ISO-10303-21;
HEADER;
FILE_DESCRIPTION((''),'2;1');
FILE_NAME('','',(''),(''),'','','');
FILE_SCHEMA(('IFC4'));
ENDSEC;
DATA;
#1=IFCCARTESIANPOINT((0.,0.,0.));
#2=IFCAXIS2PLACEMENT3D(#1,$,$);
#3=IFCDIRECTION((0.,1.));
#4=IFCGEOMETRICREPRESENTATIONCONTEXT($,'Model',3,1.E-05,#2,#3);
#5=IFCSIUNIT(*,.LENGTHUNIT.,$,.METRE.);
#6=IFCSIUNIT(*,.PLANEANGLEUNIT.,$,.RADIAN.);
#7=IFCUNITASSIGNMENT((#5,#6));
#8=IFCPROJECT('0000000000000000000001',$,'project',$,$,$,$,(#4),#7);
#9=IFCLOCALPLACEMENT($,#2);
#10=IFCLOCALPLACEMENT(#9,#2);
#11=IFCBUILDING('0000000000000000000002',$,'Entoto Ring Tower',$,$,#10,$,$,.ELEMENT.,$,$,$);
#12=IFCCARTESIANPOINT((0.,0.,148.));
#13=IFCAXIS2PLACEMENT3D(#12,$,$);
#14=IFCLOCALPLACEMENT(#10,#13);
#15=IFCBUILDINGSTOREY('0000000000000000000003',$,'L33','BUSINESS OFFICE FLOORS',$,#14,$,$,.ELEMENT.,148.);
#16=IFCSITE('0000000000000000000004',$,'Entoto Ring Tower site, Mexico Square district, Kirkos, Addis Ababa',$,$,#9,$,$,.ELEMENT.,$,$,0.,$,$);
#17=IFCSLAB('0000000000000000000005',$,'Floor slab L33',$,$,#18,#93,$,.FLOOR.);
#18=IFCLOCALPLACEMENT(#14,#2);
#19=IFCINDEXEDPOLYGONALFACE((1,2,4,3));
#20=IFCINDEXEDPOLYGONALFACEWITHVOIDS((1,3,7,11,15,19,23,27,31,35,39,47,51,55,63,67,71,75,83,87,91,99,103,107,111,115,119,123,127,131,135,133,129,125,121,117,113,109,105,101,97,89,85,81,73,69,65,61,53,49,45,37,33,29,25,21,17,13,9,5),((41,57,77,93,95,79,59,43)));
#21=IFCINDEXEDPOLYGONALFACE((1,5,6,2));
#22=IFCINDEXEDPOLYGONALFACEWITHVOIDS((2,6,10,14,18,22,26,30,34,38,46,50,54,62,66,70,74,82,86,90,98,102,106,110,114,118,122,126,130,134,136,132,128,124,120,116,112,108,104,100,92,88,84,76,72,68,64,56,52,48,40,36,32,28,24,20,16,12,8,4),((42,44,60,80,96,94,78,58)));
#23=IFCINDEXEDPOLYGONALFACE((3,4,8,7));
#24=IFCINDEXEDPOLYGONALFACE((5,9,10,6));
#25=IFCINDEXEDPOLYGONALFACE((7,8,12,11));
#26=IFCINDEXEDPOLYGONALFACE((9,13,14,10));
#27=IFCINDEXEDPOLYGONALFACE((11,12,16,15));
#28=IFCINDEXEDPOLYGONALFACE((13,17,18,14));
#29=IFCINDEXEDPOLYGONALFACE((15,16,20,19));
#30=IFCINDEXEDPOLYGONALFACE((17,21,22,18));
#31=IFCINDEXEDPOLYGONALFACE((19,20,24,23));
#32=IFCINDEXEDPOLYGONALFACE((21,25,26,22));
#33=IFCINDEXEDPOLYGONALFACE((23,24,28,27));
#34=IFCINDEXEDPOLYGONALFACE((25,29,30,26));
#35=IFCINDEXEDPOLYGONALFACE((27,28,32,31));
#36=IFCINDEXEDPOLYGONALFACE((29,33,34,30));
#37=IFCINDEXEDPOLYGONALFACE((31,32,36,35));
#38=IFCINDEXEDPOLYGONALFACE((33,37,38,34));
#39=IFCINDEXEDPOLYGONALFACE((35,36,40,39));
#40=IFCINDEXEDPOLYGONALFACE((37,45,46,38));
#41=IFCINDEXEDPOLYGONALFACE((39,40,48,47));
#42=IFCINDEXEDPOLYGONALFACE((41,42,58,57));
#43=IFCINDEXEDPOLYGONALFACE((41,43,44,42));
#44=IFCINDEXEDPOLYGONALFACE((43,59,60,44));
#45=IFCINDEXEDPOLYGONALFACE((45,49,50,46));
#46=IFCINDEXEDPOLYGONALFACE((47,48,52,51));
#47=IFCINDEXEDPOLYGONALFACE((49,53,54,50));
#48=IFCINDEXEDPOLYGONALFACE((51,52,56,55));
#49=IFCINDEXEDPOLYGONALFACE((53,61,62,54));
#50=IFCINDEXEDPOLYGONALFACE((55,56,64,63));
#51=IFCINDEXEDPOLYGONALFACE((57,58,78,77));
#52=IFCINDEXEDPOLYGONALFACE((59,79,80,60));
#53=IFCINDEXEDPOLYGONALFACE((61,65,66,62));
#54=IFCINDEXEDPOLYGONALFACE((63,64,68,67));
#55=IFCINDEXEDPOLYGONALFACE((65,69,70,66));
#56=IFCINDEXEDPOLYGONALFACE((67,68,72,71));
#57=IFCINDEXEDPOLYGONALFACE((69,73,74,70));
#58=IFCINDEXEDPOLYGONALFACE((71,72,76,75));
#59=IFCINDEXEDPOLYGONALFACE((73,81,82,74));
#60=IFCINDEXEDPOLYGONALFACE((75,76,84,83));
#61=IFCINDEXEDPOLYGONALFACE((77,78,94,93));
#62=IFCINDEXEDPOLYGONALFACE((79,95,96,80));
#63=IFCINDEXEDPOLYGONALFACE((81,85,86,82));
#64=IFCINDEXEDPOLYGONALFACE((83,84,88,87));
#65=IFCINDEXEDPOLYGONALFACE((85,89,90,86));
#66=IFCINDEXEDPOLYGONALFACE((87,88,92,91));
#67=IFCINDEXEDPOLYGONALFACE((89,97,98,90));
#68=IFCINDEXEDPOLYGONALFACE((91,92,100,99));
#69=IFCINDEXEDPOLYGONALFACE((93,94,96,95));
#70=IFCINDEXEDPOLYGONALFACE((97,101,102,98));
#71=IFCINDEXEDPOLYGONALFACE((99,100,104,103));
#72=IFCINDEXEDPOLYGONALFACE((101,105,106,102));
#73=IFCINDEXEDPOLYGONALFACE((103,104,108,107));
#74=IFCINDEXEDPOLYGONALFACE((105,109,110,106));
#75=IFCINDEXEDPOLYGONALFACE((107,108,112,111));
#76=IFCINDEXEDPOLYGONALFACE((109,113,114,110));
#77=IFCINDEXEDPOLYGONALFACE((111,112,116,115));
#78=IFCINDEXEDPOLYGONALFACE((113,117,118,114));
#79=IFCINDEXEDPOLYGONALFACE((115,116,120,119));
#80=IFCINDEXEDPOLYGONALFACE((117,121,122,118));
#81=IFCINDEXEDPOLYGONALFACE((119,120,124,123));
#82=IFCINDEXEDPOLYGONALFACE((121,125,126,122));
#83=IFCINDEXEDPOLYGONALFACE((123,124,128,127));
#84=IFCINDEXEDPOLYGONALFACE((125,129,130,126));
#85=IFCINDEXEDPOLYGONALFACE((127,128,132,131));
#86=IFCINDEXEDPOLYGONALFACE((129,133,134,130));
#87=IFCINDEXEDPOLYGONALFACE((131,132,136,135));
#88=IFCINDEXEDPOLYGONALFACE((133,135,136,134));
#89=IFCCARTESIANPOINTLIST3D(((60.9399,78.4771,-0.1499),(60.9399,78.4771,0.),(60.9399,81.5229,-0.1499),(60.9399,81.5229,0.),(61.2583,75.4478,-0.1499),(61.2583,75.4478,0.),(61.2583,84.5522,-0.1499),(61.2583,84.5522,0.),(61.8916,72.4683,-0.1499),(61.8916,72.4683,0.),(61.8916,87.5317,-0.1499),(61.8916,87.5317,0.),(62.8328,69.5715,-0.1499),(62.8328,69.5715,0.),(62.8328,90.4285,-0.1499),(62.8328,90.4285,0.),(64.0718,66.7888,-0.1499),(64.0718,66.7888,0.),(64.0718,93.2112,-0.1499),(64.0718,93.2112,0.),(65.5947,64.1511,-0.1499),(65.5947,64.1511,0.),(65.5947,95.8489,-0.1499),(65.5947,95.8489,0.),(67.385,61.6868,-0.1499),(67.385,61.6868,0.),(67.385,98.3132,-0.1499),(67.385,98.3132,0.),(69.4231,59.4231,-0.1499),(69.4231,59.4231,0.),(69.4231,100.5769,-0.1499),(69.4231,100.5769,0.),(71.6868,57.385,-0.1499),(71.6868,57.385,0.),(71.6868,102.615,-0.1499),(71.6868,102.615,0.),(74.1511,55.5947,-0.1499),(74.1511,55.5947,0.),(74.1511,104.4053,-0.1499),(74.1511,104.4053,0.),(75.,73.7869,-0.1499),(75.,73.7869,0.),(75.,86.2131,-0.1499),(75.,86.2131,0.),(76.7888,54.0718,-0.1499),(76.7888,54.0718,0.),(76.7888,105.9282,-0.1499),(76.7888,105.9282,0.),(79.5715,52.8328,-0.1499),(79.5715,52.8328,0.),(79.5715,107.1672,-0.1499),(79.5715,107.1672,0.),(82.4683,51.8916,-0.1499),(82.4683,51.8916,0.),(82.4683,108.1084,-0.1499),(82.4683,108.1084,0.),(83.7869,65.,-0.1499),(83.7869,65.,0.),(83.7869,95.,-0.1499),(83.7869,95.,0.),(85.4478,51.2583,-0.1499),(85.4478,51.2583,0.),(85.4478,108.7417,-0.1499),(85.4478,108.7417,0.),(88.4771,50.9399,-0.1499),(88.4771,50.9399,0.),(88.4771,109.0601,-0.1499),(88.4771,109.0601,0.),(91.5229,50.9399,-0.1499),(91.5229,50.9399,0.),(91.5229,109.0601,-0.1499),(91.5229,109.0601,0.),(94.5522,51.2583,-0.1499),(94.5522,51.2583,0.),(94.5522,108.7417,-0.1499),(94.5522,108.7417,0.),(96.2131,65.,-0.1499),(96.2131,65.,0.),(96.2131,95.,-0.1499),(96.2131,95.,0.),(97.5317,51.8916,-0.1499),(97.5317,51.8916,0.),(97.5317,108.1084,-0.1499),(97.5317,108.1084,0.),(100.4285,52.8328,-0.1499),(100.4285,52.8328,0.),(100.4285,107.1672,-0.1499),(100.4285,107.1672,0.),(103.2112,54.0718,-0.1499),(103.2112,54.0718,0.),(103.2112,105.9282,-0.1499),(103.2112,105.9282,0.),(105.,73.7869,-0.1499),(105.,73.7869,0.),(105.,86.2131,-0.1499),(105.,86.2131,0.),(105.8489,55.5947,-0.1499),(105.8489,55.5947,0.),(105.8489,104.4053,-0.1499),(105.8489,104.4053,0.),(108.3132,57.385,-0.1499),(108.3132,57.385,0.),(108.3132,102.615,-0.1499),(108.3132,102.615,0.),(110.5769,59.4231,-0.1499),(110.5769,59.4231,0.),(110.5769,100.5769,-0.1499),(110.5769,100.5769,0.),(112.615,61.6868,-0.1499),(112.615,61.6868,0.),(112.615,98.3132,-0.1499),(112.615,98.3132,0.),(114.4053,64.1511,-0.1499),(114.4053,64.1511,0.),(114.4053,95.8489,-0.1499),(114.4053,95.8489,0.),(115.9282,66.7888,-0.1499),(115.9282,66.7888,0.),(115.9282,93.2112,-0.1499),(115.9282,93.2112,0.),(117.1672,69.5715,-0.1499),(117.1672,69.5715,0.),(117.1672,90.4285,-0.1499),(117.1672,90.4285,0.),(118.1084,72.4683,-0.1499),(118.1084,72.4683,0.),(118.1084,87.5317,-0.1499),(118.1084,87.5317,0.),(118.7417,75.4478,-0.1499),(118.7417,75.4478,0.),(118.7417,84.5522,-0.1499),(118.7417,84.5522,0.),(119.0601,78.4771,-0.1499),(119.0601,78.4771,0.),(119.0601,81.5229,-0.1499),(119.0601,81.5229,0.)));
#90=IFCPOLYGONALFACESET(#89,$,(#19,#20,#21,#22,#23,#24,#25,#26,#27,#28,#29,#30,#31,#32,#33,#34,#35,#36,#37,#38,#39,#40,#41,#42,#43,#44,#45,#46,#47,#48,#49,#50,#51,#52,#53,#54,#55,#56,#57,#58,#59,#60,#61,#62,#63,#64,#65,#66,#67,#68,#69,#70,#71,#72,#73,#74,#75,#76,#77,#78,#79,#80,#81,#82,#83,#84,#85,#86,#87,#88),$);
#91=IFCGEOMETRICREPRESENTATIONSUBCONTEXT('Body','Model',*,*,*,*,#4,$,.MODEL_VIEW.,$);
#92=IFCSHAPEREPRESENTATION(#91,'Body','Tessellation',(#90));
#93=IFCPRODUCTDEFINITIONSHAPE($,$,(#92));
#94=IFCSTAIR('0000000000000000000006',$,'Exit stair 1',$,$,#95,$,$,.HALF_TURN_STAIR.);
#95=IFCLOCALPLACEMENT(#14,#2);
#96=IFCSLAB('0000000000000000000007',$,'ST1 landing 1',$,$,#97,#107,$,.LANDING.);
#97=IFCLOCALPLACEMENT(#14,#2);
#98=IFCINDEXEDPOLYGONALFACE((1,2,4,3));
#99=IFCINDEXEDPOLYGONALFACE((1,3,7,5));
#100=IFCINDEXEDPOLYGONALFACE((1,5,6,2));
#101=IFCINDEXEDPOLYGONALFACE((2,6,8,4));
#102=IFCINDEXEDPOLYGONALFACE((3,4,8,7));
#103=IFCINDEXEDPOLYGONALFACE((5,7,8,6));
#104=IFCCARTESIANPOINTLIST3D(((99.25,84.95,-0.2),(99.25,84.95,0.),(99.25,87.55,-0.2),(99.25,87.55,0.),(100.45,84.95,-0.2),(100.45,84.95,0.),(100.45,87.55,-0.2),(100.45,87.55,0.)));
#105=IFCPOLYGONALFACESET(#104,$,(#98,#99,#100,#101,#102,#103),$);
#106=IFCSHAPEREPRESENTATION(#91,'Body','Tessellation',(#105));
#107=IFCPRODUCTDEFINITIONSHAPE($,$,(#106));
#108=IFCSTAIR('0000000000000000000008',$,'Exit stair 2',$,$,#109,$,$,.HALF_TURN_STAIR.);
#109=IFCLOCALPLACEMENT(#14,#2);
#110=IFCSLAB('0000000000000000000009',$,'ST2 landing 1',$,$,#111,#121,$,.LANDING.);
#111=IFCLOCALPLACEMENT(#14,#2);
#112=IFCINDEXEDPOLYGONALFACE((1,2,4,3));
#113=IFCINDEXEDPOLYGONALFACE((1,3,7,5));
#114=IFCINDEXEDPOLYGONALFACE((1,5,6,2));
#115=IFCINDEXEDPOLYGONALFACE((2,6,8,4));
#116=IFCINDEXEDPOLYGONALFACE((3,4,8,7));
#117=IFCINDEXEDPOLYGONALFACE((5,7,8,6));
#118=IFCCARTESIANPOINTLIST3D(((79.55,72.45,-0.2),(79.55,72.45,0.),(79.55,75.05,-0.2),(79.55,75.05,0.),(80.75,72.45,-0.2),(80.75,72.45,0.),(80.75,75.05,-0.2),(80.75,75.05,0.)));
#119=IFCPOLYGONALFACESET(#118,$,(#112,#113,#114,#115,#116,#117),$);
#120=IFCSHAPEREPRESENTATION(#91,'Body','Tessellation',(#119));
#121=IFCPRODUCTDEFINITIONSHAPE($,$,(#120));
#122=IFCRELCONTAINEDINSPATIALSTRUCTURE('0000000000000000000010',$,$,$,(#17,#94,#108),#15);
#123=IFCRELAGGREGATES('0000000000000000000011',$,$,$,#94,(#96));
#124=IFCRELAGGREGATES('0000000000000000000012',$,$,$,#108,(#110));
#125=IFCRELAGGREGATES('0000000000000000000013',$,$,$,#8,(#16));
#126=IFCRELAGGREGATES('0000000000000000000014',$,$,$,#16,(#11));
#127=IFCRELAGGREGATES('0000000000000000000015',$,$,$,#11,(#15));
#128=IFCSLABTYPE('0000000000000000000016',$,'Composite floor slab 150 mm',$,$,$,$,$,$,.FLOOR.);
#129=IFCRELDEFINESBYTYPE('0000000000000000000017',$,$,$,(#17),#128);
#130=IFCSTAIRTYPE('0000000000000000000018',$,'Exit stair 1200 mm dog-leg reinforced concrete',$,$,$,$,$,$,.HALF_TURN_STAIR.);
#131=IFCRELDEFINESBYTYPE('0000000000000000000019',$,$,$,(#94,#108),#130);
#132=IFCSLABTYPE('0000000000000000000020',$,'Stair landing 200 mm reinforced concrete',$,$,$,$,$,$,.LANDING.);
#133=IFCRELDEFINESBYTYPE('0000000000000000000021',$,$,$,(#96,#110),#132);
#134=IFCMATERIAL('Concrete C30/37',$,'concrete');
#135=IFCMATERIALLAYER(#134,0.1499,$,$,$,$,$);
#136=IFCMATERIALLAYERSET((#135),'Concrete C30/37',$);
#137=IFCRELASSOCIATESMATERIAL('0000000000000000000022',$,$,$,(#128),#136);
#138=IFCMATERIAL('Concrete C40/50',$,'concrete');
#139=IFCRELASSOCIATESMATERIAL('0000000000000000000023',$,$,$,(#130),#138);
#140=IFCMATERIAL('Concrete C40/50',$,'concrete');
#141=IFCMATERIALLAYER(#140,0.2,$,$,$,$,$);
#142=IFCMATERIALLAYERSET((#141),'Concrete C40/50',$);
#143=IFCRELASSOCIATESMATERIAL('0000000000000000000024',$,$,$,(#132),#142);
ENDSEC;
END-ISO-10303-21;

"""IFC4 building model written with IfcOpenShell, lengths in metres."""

from ifc_helpers import new_model, si_unit, direction, frame, origin, place, context, subcontext, project, spatial, polyline, outline, extrude, material, layer, layer_set, type_object, element, aggregate, save


model = new_model("IFC4")

# Units and contexts
model_context = context("Model", 3, precision=1e-05, world=origin(), true_north=direction((0.0, 1.0)))
body_context = subcontext(model_context, "Body", "Model", "MODEL_VIEW")
ifc_project = project(units=[si_unit("LENGTHUNIT", "METRE"), si_unit("PLANEANGLEUNIT", "RADIAN")], contexts=[model_context])

# Site, building, storey
site_placement = place(None, origin())
building_placement = place(site_placement, origin())
storey_placement = place(building_placement, frame((0.0, 0.0, 148.0)))
site = spatial("IfcSite", under=ifc_project, at=site_placement, Name="Entoto Ring Tower site, Mexico Square district, Kirkos, Addis Ababa", CompositionType="ELEMENT", RefElevation=0.0)
building = spatial("IfcBuilding", under=site, at=building_placement, Name="Entoto Ring Tower", CompositionType="ELEMENT")
storey = spatial("IfcBuildingStorey", under=building, at=storey_placement, Name="L33", Description="BUSINESS OFFICE FLOORS", CompositionType="ELEMENT", Elevation=148.0)

# Slab
ifc_material_1 = material(Name="Concrete C30/37", Category="concrete")
ifc_layer_1 = layer(ifc_material_1, 0.1499)
ifc_layer_set_1 = layer_set([ifc_layer_1], Name="Concrete C30/37")
slab_type_1 = type_object("IfcSlabType", Name="Composite floor slab 150 mm", PredefinedType="FLOOR", material=ifc_layer_set_1)
slab_1_placement = place(storey_placement, frame((0.0, 0.0, -0.1499)))
element("IfcSlab", 1, at=slab_1_placement, inside=storey, type_object=slab_type_1, Name="Floor slab L33", PredefinedType="FLOOR", context=body_context, shape_type="SweptSolid", body=[
    extrude(outline(polyline([(118.7417, 84.5522), (118.1084, 87.5317), (117.1672, 90.4285), (115.9282, 93.2112), (114.4053, 95.8489), (112.615, 98.3132), (110.5769, 100.5769), (108.3132, 102.615), (105.8489, 104.4053), (103.2112, 105.9282), (100.4285, 107.1672), (97.5317, 108.1084), (94.5522, 108.7417), (91.5229, 109.0601), (88.4771, 109.0601), (85.4478, 108.7417), (82.4683, 108.1084), (79.5715, 107.1672), (76.7888, 105.9282), (74.1511, 104.4053), (71.6868, 102.615), (69.4231, 100.5769), (67.385, 98.3132), (65.5947, 95.8489), (64.0718, 93.2112), (62.8328, 90.4285), (61.8916, 87.5317), (61.2583, 84.5522), (60.9399, 81.5229), (60.9399, 78.4771), (61.2583, 75.4478), (61.8916, 72.4683), (62.8328, 69.5715), (64.0718, 66.7888), (65.5947, 64.1511), (67.385, 61.6868), (69.4231, 59.4231), (71.6868, 57.385), (74.1511, 55.5947), (76.7888, 54.0718), (79.5715, 52.8328), (82.4683, 51.8916), (85.4478, 51.2583), (88.4771, 50.9399), (91.5229, 50.9399), (94.5522, 51.2583), (97.5317, 51.8916), (100.4285, 52.8328), (103.2112, 54.0718), (105.8489, 55.5947), (108.3132, 57.385), (110.5769, 59.4231), (112.615, 61.6868), (114.4053, 64.1511), (115.9282, 66.7888), (117.1672, 69.5715), (118.1084, 72.4683), (118.7417, 75.4478), (119.0601, 78.4771), (119.0601, 81.5229), (118.7417, 84.5522)]), holes=[polyline([(105.0, 73.7869), (105.0, 86.2131), (96.2131, 95.0), (83.7869, 95.0), (75.0, 86.2131), (75.0, 73.7869), (83.7869, 65.0), (96.2131, 65.0), (105.0, 73.7869)])]), origin(), (0.0, 0.0, 1.0), 0.1499),
])

# Stairs, slabs
ifc_material_2 = material(Name="Concrete C40/50", Category="concrete")
stair_type = type_object("IfcStairType", Name="Exit stair 1200 mm dog-leg reinforced concrete", PredefinedType="HALF_TURN_STAIR", material=ifc_material_2)
stair_1_placement = place(storey_placement, origin())
stair_1 = element("IfcStair", 2, at=stair_1_placement, inside=storey, type_object=stair_type, Name="Exit stair 1", PredefinedType="HALF_TURN_STAIR")
ifc_material_3 = material(Name="Concrete C40/50", Category="concrete")
ifc_layer_2 = layer(ifc_material_3, 0.2)
ifc_layer_set_2 = layer_set([ifc_layer_2], Name="Concrete C40/50")
slab_type_2 = type_object("IfcSlabType", Name="Stair landing 200 mm reinforced concrete", PredefinedType="LANDING", material=ifc_layer_set_2)
slab_2_placement = place(storey_placement, frame((0.0, 0.0, -0.2)))
slab_2 = element("IfcSlab", 3, at=slab_2_placement, type_object=slab_type_2, Name="ST1 landing 1", PredefinedType="LANDING", context=body_context, shape_type="SweptSolid", body=[
    extrude(outline(polyline([(100.45, 84.95), (100.45, 87.55), (99.25, 87.55), (99.25, 84.95), (100.45, 84.95)])), origin(), (0.0, 0.0, 1.0), 0.2),
])
aggregate(stair_1, [slab_2])
stair_2_placement = place(storey_placement, origin())
stair_2 = element("IfcStair", 4, at=stair_2_placement, inside=storey, type_object=stair_type, Name="Exit stair 2", PredefinedType="HALF_TURN_STAIR")
slab_3_placement = place(storey_placement, frame((0.0, 0.0, -0.2)))
slab_3 = element("IfcSlab", 5, at=slab_3_placement, type_object=slab_type_2, Name="ST2 landing 1", PredefinedType="LANDING", context=body_context, shape_type="SweptSolid", body=[
    extrude(outline(polyline([(80.75, 72.45), (80.75, 75.05), (79.55, 75.05), (79.55, 72.45), (80.75, 72.45)])), origin(), (0.0, 0.0, 1.0), 0.2),
])
aggregate(stair_2, [slab_3])

save(model, "model.ifc")
